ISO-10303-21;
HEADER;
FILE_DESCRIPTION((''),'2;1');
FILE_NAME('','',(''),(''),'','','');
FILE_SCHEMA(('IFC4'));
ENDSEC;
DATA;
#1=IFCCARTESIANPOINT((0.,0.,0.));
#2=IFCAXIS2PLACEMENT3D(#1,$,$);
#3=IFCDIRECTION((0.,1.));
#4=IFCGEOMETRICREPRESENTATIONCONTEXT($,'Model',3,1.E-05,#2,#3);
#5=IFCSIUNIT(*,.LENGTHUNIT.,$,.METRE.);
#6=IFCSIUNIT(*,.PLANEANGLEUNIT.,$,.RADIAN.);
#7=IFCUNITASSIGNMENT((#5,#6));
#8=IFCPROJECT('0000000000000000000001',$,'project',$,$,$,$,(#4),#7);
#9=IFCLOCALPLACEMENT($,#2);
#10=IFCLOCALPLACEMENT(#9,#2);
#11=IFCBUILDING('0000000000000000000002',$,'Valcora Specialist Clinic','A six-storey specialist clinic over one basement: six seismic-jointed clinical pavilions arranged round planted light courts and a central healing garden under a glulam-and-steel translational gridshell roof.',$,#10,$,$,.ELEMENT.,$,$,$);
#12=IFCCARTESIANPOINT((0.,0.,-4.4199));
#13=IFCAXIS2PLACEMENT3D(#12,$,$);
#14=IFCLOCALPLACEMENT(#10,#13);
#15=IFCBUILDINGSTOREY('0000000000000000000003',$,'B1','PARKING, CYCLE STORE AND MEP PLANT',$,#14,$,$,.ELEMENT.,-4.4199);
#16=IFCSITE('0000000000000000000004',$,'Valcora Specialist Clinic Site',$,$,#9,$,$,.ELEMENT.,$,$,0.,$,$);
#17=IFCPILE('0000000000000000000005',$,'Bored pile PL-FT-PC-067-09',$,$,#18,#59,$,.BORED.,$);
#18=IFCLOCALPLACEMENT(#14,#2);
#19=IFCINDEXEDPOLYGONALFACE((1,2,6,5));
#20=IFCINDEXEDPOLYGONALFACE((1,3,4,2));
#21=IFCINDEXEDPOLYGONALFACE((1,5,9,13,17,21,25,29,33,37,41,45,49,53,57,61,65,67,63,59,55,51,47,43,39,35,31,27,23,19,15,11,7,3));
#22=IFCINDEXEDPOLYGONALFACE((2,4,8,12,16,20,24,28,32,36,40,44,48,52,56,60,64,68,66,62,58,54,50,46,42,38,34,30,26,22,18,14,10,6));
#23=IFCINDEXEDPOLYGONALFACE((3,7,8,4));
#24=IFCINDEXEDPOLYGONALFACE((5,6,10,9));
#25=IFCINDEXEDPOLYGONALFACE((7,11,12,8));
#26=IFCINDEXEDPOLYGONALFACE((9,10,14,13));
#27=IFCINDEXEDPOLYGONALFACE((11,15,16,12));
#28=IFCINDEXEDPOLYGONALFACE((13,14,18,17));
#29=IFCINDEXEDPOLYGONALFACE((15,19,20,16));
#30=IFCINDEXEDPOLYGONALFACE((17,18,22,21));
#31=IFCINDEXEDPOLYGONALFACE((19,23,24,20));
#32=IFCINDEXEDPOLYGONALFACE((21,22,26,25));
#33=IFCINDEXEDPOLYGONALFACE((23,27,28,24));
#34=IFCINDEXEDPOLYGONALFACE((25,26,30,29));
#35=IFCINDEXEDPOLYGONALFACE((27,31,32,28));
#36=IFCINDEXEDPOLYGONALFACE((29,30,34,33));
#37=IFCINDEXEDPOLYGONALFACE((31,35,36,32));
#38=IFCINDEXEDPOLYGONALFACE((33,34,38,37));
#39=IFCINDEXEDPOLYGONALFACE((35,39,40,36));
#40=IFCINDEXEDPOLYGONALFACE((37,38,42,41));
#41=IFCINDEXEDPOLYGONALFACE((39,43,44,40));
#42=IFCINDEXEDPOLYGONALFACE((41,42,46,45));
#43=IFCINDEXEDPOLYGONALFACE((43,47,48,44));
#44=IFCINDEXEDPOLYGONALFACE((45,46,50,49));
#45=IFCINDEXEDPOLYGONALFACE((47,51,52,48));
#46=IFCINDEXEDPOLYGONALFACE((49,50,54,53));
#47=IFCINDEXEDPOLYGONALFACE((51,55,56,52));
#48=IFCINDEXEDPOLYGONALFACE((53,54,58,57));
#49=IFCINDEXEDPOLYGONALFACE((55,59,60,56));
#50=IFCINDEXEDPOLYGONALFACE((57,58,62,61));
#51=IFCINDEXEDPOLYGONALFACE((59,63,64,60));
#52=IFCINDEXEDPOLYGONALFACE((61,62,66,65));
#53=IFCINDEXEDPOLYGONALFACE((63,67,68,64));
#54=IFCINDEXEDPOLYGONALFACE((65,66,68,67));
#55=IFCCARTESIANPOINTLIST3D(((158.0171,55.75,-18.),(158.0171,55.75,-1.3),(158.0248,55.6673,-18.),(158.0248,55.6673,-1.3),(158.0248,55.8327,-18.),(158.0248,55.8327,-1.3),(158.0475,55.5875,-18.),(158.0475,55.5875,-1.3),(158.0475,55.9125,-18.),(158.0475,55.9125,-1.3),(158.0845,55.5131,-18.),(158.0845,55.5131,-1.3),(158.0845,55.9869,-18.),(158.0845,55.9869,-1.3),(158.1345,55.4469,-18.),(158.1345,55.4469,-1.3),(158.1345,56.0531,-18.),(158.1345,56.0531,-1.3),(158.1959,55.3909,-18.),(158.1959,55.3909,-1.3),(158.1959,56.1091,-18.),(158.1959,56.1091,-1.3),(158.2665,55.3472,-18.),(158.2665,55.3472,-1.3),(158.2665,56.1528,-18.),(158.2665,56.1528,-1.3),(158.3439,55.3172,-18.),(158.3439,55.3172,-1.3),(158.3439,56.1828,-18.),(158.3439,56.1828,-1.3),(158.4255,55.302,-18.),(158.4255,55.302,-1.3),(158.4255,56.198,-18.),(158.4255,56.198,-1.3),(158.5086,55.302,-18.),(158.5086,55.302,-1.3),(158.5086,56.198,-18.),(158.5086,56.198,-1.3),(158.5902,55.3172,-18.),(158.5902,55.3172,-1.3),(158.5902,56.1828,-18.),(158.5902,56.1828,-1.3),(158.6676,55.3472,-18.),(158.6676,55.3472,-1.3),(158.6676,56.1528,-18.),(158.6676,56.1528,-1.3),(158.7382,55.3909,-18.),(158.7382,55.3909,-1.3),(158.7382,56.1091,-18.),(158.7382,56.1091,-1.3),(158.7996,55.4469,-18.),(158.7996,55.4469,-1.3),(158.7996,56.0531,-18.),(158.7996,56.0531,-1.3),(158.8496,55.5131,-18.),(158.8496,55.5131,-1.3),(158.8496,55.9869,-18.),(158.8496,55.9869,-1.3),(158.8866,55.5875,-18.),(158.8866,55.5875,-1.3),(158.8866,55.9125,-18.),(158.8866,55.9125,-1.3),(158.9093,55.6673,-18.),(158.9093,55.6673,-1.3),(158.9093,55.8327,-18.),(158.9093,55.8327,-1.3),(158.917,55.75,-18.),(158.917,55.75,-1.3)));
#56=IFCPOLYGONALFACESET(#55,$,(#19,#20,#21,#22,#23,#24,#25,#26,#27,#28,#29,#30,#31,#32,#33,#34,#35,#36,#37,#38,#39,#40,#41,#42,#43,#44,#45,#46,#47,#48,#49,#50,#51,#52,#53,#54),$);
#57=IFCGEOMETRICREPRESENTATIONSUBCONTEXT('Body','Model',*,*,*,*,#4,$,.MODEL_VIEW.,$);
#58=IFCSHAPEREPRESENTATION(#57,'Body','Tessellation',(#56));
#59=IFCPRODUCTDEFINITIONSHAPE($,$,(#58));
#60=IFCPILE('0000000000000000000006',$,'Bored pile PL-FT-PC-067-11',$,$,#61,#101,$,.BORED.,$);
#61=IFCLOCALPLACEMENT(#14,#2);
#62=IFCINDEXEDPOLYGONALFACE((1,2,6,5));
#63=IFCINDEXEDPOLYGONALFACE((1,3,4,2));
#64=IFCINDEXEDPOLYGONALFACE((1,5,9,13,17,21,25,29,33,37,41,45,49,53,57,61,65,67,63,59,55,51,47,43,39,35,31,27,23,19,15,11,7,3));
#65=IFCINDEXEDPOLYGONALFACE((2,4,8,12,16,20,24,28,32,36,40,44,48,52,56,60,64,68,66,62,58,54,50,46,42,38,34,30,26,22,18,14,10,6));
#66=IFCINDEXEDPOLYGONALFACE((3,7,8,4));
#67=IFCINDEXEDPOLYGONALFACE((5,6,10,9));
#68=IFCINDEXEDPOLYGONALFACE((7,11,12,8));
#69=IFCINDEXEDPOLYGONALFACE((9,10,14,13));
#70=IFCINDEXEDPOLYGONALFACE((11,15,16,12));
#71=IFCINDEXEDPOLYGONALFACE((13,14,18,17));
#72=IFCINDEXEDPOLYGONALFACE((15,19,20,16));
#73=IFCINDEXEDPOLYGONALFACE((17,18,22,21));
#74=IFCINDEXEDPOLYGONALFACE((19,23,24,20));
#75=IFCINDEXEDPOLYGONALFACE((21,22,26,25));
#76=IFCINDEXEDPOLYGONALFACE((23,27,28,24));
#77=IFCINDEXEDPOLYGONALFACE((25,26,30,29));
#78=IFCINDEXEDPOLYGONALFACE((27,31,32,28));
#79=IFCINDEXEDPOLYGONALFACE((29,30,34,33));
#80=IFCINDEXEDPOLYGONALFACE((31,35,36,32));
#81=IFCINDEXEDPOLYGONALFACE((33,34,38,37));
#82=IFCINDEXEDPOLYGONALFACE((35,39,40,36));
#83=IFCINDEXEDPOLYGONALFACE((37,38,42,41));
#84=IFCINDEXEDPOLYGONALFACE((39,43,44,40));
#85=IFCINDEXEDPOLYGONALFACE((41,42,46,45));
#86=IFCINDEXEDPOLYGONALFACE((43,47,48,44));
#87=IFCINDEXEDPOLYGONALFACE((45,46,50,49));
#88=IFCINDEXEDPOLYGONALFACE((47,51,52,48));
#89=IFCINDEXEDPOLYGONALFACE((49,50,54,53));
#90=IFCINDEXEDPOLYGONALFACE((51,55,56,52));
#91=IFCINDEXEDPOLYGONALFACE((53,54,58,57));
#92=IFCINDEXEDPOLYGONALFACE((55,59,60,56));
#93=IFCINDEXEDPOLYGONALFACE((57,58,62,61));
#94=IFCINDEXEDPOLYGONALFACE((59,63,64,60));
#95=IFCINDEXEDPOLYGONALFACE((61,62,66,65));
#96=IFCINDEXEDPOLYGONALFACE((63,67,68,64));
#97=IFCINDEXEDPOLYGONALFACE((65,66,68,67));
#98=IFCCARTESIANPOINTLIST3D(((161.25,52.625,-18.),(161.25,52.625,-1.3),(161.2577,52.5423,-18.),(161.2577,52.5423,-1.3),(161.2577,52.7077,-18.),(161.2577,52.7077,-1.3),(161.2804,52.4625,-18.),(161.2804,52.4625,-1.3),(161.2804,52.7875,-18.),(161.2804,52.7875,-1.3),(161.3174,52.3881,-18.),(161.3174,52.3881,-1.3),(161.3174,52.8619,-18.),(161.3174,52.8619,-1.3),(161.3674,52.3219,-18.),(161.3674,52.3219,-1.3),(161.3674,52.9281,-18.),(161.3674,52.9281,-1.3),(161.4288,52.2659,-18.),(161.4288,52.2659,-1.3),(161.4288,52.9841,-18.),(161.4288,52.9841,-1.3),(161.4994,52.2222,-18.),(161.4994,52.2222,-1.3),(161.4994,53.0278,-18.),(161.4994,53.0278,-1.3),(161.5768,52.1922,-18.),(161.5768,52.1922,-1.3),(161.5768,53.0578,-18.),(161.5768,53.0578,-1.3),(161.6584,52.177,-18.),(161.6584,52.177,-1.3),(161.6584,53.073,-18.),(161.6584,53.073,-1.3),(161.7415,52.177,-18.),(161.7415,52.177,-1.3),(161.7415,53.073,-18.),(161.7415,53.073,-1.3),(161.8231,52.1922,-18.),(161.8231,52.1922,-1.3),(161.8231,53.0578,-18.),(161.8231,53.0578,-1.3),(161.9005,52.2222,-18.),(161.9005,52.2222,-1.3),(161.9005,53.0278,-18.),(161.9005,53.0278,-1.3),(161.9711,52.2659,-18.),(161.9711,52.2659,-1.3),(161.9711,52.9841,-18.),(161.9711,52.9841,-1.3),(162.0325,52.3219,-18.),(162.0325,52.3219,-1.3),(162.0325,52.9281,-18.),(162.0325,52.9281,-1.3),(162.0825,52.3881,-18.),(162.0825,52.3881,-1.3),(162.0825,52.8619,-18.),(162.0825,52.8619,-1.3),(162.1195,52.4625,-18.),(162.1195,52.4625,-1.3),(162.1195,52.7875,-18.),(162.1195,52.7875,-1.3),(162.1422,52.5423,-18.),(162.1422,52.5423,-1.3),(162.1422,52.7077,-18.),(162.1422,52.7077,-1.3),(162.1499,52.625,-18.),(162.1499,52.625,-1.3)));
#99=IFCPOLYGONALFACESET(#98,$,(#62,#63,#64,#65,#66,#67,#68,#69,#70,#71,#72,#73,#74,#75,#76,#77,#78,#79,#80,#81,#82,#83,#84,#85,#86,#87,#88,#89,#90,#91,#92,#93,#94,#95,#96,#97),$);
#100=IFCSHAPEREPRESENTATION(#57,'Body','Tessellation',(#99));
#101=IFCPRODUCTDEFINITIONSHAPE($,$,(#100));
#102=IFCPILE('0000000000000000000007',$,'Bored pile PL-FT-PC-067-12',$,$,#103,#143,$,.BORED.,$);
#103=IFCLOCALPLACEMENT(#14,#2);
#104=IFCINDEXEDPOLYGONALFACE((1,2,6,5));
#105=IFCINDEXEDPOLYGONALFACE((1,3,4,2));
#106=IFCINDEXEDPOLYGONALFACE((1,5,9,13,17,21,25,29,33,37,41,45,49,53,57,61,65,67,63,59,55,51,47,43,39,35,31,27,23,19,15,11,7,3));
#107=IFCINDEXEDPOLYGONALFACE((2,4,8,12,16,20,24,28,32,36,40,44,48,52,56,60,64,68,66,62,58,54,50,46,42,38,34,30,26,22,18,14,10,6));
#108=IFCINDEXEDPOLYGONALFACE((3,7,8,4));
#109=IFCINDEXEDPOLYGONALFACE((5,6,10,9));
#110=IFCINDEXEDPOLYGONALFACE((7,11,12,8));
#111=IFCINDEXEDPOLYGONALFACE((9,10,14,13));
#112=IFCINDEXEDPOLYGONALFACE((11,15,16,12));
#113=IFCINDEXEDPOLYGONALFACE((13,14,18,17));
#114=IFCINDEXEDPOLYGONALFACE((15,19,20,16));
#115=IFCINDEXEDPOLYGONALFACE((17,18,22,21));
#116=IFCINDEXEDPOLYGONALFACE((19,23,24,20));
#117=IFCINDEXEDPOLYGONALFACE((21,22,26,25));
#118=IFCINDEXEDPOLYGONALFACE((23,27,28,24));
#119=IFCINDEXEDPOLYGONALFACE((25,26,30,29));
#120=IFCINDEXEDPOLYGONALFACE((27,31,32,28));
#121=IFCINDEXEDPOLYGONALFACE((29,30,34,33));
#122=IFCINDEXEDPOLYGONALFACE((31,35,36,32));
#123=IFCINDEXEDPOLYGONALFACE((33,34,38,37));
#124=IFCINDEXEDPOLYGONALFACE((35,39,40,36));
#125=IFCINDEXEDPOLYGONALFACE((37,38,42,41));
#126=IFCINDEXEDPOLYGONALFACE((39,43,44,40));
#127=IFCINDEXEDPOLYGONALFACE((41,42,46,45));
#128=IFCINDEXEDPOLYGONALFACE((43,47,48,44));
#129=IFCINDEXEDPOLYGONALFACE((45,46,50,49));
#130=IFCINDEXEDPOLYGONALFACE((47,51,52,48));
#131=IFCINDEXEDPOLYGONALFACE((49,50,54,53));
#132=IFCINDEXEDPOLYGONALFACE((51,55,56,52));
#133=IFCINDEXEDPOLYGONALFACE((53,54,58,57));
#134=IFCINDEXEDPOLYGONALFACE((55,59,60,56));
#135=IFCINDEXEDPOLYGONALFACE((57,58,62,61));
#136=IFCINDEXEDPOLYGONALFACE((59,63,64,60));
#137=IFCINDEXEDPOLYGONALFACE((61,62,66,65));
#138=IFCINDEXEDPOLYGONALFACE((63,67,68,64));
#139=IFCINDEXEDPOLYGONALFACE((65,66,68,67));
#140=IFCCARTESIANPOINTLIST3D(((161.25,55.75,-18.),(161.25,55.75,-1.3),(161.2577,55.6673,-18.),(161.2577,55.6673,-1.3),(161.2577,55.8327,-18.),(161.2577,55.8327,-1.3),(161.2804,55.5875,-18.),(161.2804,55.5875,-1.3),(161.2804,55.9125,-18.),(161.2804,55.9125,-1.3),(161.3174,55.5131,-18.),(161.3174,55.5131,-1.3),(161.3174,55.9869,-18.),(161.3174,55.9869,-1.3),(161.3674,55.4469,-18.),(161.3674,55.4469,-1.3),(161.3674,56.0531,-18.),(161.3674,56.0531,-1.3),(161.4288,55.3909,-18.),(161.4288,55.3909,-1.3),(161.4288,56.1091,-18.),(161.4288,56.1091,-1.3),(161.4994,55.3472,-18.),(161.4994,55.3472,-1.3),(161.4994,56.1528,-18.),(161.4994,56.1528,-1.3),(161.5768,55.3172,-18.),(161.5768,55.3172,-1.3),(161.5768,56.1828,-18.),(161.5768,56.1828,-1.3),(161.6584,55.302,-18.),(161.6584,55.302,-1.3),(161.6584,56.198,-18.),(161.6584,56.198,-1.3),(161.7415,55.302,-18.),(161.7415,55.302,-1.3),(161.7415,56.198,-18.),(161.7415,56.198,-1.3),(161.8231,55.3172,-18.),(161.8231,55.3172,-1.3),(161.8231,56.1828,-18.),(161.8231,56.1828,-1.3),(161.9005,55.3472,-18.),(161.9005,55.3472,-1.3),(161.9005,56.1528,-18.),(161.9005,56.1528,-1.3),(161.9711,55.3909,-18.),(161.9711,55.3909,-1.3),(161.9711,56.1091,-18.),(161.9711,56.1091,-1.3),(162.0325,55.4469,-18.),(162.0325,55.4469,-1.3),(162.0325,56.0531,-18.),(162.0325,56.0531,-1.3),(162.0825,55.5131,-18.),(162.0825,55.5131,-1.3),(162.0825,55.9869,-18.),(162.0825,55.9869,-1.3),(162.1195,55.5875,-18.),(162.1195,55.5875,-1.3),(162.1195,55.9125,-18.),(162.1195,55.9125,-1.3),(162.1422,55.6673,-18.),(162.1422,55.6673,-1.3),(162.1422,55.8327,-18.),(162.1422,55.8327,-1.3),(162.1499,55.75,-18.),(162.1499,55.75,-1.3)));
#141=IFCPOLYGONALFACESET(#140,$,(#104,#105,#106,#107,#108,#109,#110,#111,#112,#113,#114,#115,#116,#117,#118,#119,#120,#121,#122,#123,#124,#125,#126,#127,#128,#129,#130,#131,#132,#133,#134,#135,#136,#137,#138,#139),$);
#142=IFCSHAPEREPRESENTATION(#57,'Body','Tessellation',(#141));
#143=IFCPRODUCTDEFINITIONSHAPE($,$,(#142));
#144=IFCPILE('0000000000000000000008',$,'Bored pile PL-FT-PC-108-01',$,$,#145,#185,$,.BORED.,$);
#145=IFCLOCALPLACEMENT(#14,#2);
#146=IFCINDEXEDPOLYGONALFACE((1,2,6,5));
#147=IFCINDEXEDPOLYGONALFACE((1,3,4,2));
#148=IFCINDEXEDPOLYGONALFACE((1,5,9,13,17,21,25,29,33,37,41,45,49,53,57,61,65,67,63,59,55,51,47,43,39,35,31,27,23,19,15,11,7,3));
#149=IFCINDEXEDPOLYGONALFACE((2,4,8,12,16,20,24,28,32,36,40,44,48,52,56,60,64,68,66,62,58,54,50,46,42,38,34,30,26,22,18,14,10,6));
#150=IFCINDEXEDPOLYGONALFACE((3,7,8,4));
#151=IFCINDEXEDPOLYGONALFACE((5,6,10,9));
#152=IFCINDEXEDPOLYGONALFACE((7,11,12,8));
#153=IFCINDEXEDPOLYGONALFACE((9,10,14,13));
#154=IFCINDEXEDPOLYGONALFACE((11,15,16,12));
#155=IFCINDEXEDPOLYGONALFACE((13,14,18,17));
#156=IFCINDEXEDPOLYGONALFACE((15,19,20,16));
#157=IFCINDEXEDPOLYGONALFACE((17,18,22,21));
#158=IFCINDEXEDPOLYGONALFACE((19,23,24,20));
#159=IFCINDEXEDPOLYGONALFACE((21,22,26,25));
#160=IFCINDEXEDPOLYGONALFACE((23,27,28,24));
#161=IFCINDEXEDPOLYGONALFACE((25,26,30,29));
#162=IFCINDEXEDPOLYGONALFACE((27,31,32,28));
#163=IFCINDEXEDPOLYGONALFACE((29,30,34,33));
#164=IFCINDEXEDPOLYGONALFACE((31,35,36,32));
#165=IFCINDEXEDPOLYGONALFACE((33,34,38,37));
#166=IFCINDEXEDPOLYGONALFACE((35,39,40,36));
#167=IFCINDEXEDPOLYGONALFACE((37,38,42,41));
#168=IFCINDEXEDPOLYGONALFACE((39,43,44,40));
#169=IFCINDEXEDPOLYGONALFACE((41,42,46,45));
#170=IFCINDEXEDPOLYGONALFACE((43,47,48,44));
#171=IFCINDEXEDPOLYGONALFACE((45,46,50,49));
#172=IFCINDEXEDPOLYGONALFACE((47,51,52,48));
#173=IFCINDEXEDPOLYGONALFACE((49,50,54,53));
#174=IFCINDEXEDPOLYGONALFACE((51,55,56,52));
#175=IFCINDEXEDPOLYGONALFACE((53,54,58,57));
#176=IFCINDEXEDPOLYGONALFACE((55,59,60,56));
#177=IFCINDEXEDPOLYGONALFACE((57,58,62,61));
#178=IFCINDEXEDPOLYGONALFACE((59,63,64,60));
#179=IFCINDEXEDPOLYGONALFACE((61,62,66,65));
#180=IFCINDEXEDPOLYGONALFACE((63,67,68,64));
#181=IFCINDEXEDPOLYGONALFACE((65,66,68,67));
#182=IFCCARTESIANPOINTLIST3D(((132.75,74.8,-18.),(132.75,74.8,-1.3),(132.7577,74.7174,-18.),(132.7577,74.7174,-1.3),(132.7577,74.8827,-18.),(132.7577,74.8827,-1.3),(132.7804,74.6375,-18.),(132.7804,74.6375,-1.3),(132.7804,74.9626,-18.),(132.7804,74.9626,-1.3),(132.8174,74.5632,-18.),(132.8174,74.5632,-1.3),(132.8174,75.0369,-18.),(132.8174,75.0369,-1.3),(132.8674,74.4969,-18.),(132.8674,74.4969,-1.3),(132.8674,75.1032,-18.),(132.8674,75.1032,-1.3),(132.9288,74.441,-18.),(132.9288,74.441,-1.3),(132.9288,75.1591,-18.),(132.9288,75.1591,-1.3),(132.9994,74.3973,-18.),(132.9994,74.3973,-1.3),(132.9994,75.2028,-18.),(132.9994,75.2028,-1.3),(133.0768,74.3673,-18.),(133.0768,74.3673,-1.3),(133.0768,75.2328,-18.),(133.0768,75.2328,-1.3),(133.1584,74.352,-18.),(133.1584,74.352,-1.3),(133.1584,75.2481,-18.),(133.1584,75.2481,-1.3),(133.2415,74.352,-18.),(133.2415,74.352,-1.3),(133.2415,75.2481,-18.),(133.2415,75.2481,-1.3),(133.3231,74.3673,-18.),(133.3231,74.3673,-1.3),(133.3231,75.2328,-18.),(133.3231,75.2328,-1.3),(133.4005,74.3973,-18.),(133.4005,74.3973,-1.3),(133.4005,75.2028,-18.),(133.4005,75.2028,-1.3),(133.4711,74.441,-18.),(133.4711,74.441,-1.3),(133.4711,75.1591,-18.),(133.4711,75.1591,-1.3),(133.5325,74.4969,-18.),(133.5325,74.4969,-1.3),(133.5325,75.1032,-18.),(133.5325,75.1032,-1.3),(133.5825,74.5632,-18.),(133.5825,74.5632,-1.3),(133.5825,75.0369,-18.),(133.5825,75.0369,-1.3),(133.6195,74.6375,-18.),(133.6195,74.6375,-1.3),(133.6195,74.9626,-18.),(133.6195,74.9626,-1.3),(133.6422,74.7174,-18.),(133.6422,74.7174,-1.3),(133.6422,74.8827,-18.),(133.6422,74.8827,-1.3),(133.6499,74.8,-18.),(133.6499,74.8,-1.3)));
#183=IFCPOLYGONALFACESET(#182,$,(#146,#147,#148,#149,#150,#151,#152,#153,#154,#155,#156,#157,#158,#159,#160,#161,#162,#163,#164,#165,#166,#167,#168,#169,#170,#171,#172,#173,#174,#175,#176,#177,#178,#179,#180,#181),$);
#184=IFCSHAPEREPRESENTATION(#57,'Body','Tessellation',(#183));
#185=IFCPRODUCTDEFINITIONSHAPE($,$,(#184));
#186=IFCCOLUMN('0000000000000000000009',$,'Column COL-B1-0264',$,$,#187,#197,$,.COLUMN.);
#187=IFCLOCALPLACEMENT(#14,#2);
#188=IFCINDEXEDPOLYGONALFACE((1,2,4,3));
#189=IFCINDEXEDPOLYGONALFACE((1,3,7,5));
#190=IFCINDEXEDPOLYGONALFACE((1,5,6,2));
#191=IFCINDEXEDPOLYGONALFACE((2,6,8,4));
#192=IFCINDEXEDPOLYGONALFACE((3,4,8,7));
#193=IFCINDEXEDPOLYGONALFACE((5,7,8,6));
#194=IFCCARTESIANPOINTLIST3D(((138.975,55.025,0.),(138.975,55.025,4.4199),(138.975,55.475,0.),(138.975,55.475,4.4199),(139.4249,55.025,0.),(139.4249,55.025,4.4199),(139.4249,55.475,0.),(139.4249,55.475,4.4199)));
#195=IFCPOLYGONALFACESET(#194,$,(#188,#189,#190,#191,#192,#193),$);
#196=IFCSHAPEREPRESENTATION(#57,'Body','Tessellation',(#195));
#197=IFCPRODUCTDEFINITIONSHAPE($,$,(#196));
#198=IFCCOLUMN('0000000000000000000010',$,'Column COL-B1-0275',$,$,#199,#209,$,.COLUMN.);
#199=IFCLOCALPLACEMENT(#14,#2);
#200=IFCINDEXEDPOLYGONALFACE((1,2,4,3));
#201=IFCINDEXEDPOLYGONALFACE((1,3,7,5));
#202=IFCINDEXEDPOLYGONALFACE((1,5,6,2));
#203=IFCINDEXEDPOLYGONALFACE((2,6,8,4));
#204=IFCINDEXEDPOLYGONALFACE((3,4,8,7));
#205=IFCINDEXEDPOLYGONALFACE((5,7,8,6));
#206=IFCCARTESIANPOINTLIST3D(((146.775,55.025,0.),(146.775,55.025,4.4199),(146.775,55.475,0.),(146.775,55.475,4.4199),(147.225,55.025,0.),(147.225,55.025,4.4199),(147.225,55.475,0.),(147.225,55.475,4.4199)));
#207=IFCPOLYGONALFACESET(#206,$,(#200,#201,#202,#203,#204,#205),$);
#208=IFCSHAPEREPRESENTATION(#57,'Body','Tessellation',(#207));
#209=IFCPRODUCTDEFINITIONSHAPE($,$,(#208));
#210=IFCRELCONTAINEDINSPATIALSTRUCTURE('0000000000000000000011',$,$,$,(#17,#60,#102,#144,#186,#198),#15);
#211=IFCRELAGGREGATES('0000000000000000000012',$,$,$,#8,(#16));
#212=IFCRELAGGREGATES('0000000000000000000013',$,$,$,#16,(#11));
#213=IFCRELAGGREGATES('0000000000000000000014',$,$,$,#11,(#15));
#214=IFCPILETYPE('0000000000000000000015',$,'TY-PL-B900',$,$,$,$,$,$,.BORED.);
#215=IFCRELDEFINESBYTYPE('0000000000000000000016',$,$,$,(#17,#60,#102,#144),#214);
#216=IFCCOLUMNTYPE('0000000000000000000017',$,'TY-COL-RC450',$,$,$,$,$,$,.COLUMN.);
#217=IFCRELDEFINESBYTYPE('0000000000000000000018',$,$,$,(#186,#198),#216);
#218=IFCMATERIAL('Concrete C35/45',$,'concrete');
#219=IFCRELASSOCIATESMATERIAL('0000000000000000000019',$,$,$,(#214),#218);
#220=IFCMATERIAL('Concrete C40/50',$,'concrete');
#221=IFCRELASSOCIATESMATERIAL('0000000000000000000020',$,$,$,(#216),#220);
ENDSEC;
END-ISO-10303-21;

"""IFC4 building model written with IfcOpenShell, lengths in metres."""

from ifc_helpers import new_model, si_unit, direction, frame, origin, origin_2d, place, context, subcontext, project, spatial, rectangle, circle, extrude, material, material_profile, profile_set, type_object, element, save


model = new_model("IFC4")

# Units and contexts
model_context = context("Model", 3, precision=1e-05, world=origin(), true_north=direction((0.0, 1.0)))
body_context = subcontext(model_context, "Body", "Model", "MODEL_VIEW")
ifc_project = project(units=[si_unit("LENGTHUNIT", "METRE"), si_unit("PLANEANGLEUNIT", "RADIAN")], contexts=[model_context])

# Site, building, storey
site_placement = place(None, origin())
site = spatial("IfcSite", under=ifc_project, at=site_placement, Name="Valcora Specialist Clinic Site", CompositionType="ELEMENT", RefElevation=0.0)
building_placement = place(site_placement, origin())
building = spatial("IfcBuilding", under=site, at=building_placement, Name="Valcora Specialist Clinic", Description="A six-storey specialist clinic over one basement: six seismic-jointed clinical pavilions arranged round planted light courts and a central healing garden under a glulam-and-steel translational gridshell roof.", CompositionType="ELEMENT")
storey_placement = place(building_placement, frame((0.0, 0.0, -4.4199)))
storey = spatial("IfcBuildingStorey", under=building, at=storey_placement, Name="B1", Description="PARKING, CYCLE STORE AND MEP PLANT", CompositionType="ELEMENT", Elevation=-4.4199)

# Shared definitions
ifc_material_1 = material(Name="Concrete C35/45", Category="concrete")

# Piles
ifc_material_profile_1 = material_profile(ifc_material_1, circle(Radius=0.45, at=origin_2d()), Name="RC-PIL-D900")
ifc_profile_set_1 = profile_set([ifc_material_profile_1], Name="Concrete C35/45")
pile_type_1 = type_object("IfcPileType", Name="TY-PL-B900", PredefinedType="BORED", material=ifc_profile_set_1)
for number, where, z_axis, x_axis, name in (
    (1, (158.467, 55.75, -1.3), (0.0, 0.0, -1.0), (1.0, 0.0, 0.0), "Bored pile PL-FT-PC-067-09"),
    (2, (161.7, 52.625, -1.3), (0.0, 0.0, -1.0), (1.0, 0.0, 0.0), "Bored pile PL-FT-PC-067-11"),
    (3, (161.7, 55.75, -1.3), (0.0, 0.0, -1.0), (1.0, 0.0, 0.0), "Bored pile PL-FT-PC-067-12"),
    (4, (133.2, 74.8, -1.3), (0.0, 0.0, -1.0), (1.0, 0.0, 0.0), "Bored pile PL-FT-PC-108-01"),
):
    element("IfcPile", number, at=place(storey_placement, frame(where, z_axis=z_axis, x_axis=x_axis)), inside=storey, type_object=pile_type_1, Name=name, PredefinedType="BORED", context=body_context, shape_type="SweptSolid", body=[
        extrude(circle(Radius=0.45, at=origin_2d()), origin(), (0.0, 0.0, 1.0), 16.7),
    ])

# Columns
ifc_material_2 = material(Name="Concrete C40/50", Category="concrete")
ifc_material_profile_2 = material_profile(ifc_material_2, rectangle(XDim=0.45, YDim=0.45, at=origin_2d()), Name="RC-COL-450X450")
ifc_profile_set_2 = profile_set([ifc_material_profile_2], Name="Concrete C40/50")
column_type_1 = type_object("IfcColumnType", Name="TY-COL-RC450", PredefinedType="COLUMN", material=ifc_profile_set_2)
for number, where, z_axis, x_axis, name in (
    (5, (139.2, 55.25, 0.0), (0.0, 0.0, 1.0), (1.0, 0.0, 0.0), "Column COL-B1-0264"),
    (6, (147.0, 55.25, 0.0), (0.0, 0.0, 1.0), (1.0, 0.0, 0.0), "Column COL-B1-0275"),
):
    element("IfcColumn", number, at=place(storey_placement, frame(where, z_axis=z_axis, x_axis=x_axis)), inside=storey, type_object=column_type_1, Name=name, PredefinedType="COLUMN", context=body_context, shape_type="SweptSolid", body=[
        extrude(rectangle(XDim=0.45, YDim=0.45, at=origin_2d()), origin(), (0.0, 0.0, 1.0), 4.4199),
    ])

save(model, "model.ifc")
